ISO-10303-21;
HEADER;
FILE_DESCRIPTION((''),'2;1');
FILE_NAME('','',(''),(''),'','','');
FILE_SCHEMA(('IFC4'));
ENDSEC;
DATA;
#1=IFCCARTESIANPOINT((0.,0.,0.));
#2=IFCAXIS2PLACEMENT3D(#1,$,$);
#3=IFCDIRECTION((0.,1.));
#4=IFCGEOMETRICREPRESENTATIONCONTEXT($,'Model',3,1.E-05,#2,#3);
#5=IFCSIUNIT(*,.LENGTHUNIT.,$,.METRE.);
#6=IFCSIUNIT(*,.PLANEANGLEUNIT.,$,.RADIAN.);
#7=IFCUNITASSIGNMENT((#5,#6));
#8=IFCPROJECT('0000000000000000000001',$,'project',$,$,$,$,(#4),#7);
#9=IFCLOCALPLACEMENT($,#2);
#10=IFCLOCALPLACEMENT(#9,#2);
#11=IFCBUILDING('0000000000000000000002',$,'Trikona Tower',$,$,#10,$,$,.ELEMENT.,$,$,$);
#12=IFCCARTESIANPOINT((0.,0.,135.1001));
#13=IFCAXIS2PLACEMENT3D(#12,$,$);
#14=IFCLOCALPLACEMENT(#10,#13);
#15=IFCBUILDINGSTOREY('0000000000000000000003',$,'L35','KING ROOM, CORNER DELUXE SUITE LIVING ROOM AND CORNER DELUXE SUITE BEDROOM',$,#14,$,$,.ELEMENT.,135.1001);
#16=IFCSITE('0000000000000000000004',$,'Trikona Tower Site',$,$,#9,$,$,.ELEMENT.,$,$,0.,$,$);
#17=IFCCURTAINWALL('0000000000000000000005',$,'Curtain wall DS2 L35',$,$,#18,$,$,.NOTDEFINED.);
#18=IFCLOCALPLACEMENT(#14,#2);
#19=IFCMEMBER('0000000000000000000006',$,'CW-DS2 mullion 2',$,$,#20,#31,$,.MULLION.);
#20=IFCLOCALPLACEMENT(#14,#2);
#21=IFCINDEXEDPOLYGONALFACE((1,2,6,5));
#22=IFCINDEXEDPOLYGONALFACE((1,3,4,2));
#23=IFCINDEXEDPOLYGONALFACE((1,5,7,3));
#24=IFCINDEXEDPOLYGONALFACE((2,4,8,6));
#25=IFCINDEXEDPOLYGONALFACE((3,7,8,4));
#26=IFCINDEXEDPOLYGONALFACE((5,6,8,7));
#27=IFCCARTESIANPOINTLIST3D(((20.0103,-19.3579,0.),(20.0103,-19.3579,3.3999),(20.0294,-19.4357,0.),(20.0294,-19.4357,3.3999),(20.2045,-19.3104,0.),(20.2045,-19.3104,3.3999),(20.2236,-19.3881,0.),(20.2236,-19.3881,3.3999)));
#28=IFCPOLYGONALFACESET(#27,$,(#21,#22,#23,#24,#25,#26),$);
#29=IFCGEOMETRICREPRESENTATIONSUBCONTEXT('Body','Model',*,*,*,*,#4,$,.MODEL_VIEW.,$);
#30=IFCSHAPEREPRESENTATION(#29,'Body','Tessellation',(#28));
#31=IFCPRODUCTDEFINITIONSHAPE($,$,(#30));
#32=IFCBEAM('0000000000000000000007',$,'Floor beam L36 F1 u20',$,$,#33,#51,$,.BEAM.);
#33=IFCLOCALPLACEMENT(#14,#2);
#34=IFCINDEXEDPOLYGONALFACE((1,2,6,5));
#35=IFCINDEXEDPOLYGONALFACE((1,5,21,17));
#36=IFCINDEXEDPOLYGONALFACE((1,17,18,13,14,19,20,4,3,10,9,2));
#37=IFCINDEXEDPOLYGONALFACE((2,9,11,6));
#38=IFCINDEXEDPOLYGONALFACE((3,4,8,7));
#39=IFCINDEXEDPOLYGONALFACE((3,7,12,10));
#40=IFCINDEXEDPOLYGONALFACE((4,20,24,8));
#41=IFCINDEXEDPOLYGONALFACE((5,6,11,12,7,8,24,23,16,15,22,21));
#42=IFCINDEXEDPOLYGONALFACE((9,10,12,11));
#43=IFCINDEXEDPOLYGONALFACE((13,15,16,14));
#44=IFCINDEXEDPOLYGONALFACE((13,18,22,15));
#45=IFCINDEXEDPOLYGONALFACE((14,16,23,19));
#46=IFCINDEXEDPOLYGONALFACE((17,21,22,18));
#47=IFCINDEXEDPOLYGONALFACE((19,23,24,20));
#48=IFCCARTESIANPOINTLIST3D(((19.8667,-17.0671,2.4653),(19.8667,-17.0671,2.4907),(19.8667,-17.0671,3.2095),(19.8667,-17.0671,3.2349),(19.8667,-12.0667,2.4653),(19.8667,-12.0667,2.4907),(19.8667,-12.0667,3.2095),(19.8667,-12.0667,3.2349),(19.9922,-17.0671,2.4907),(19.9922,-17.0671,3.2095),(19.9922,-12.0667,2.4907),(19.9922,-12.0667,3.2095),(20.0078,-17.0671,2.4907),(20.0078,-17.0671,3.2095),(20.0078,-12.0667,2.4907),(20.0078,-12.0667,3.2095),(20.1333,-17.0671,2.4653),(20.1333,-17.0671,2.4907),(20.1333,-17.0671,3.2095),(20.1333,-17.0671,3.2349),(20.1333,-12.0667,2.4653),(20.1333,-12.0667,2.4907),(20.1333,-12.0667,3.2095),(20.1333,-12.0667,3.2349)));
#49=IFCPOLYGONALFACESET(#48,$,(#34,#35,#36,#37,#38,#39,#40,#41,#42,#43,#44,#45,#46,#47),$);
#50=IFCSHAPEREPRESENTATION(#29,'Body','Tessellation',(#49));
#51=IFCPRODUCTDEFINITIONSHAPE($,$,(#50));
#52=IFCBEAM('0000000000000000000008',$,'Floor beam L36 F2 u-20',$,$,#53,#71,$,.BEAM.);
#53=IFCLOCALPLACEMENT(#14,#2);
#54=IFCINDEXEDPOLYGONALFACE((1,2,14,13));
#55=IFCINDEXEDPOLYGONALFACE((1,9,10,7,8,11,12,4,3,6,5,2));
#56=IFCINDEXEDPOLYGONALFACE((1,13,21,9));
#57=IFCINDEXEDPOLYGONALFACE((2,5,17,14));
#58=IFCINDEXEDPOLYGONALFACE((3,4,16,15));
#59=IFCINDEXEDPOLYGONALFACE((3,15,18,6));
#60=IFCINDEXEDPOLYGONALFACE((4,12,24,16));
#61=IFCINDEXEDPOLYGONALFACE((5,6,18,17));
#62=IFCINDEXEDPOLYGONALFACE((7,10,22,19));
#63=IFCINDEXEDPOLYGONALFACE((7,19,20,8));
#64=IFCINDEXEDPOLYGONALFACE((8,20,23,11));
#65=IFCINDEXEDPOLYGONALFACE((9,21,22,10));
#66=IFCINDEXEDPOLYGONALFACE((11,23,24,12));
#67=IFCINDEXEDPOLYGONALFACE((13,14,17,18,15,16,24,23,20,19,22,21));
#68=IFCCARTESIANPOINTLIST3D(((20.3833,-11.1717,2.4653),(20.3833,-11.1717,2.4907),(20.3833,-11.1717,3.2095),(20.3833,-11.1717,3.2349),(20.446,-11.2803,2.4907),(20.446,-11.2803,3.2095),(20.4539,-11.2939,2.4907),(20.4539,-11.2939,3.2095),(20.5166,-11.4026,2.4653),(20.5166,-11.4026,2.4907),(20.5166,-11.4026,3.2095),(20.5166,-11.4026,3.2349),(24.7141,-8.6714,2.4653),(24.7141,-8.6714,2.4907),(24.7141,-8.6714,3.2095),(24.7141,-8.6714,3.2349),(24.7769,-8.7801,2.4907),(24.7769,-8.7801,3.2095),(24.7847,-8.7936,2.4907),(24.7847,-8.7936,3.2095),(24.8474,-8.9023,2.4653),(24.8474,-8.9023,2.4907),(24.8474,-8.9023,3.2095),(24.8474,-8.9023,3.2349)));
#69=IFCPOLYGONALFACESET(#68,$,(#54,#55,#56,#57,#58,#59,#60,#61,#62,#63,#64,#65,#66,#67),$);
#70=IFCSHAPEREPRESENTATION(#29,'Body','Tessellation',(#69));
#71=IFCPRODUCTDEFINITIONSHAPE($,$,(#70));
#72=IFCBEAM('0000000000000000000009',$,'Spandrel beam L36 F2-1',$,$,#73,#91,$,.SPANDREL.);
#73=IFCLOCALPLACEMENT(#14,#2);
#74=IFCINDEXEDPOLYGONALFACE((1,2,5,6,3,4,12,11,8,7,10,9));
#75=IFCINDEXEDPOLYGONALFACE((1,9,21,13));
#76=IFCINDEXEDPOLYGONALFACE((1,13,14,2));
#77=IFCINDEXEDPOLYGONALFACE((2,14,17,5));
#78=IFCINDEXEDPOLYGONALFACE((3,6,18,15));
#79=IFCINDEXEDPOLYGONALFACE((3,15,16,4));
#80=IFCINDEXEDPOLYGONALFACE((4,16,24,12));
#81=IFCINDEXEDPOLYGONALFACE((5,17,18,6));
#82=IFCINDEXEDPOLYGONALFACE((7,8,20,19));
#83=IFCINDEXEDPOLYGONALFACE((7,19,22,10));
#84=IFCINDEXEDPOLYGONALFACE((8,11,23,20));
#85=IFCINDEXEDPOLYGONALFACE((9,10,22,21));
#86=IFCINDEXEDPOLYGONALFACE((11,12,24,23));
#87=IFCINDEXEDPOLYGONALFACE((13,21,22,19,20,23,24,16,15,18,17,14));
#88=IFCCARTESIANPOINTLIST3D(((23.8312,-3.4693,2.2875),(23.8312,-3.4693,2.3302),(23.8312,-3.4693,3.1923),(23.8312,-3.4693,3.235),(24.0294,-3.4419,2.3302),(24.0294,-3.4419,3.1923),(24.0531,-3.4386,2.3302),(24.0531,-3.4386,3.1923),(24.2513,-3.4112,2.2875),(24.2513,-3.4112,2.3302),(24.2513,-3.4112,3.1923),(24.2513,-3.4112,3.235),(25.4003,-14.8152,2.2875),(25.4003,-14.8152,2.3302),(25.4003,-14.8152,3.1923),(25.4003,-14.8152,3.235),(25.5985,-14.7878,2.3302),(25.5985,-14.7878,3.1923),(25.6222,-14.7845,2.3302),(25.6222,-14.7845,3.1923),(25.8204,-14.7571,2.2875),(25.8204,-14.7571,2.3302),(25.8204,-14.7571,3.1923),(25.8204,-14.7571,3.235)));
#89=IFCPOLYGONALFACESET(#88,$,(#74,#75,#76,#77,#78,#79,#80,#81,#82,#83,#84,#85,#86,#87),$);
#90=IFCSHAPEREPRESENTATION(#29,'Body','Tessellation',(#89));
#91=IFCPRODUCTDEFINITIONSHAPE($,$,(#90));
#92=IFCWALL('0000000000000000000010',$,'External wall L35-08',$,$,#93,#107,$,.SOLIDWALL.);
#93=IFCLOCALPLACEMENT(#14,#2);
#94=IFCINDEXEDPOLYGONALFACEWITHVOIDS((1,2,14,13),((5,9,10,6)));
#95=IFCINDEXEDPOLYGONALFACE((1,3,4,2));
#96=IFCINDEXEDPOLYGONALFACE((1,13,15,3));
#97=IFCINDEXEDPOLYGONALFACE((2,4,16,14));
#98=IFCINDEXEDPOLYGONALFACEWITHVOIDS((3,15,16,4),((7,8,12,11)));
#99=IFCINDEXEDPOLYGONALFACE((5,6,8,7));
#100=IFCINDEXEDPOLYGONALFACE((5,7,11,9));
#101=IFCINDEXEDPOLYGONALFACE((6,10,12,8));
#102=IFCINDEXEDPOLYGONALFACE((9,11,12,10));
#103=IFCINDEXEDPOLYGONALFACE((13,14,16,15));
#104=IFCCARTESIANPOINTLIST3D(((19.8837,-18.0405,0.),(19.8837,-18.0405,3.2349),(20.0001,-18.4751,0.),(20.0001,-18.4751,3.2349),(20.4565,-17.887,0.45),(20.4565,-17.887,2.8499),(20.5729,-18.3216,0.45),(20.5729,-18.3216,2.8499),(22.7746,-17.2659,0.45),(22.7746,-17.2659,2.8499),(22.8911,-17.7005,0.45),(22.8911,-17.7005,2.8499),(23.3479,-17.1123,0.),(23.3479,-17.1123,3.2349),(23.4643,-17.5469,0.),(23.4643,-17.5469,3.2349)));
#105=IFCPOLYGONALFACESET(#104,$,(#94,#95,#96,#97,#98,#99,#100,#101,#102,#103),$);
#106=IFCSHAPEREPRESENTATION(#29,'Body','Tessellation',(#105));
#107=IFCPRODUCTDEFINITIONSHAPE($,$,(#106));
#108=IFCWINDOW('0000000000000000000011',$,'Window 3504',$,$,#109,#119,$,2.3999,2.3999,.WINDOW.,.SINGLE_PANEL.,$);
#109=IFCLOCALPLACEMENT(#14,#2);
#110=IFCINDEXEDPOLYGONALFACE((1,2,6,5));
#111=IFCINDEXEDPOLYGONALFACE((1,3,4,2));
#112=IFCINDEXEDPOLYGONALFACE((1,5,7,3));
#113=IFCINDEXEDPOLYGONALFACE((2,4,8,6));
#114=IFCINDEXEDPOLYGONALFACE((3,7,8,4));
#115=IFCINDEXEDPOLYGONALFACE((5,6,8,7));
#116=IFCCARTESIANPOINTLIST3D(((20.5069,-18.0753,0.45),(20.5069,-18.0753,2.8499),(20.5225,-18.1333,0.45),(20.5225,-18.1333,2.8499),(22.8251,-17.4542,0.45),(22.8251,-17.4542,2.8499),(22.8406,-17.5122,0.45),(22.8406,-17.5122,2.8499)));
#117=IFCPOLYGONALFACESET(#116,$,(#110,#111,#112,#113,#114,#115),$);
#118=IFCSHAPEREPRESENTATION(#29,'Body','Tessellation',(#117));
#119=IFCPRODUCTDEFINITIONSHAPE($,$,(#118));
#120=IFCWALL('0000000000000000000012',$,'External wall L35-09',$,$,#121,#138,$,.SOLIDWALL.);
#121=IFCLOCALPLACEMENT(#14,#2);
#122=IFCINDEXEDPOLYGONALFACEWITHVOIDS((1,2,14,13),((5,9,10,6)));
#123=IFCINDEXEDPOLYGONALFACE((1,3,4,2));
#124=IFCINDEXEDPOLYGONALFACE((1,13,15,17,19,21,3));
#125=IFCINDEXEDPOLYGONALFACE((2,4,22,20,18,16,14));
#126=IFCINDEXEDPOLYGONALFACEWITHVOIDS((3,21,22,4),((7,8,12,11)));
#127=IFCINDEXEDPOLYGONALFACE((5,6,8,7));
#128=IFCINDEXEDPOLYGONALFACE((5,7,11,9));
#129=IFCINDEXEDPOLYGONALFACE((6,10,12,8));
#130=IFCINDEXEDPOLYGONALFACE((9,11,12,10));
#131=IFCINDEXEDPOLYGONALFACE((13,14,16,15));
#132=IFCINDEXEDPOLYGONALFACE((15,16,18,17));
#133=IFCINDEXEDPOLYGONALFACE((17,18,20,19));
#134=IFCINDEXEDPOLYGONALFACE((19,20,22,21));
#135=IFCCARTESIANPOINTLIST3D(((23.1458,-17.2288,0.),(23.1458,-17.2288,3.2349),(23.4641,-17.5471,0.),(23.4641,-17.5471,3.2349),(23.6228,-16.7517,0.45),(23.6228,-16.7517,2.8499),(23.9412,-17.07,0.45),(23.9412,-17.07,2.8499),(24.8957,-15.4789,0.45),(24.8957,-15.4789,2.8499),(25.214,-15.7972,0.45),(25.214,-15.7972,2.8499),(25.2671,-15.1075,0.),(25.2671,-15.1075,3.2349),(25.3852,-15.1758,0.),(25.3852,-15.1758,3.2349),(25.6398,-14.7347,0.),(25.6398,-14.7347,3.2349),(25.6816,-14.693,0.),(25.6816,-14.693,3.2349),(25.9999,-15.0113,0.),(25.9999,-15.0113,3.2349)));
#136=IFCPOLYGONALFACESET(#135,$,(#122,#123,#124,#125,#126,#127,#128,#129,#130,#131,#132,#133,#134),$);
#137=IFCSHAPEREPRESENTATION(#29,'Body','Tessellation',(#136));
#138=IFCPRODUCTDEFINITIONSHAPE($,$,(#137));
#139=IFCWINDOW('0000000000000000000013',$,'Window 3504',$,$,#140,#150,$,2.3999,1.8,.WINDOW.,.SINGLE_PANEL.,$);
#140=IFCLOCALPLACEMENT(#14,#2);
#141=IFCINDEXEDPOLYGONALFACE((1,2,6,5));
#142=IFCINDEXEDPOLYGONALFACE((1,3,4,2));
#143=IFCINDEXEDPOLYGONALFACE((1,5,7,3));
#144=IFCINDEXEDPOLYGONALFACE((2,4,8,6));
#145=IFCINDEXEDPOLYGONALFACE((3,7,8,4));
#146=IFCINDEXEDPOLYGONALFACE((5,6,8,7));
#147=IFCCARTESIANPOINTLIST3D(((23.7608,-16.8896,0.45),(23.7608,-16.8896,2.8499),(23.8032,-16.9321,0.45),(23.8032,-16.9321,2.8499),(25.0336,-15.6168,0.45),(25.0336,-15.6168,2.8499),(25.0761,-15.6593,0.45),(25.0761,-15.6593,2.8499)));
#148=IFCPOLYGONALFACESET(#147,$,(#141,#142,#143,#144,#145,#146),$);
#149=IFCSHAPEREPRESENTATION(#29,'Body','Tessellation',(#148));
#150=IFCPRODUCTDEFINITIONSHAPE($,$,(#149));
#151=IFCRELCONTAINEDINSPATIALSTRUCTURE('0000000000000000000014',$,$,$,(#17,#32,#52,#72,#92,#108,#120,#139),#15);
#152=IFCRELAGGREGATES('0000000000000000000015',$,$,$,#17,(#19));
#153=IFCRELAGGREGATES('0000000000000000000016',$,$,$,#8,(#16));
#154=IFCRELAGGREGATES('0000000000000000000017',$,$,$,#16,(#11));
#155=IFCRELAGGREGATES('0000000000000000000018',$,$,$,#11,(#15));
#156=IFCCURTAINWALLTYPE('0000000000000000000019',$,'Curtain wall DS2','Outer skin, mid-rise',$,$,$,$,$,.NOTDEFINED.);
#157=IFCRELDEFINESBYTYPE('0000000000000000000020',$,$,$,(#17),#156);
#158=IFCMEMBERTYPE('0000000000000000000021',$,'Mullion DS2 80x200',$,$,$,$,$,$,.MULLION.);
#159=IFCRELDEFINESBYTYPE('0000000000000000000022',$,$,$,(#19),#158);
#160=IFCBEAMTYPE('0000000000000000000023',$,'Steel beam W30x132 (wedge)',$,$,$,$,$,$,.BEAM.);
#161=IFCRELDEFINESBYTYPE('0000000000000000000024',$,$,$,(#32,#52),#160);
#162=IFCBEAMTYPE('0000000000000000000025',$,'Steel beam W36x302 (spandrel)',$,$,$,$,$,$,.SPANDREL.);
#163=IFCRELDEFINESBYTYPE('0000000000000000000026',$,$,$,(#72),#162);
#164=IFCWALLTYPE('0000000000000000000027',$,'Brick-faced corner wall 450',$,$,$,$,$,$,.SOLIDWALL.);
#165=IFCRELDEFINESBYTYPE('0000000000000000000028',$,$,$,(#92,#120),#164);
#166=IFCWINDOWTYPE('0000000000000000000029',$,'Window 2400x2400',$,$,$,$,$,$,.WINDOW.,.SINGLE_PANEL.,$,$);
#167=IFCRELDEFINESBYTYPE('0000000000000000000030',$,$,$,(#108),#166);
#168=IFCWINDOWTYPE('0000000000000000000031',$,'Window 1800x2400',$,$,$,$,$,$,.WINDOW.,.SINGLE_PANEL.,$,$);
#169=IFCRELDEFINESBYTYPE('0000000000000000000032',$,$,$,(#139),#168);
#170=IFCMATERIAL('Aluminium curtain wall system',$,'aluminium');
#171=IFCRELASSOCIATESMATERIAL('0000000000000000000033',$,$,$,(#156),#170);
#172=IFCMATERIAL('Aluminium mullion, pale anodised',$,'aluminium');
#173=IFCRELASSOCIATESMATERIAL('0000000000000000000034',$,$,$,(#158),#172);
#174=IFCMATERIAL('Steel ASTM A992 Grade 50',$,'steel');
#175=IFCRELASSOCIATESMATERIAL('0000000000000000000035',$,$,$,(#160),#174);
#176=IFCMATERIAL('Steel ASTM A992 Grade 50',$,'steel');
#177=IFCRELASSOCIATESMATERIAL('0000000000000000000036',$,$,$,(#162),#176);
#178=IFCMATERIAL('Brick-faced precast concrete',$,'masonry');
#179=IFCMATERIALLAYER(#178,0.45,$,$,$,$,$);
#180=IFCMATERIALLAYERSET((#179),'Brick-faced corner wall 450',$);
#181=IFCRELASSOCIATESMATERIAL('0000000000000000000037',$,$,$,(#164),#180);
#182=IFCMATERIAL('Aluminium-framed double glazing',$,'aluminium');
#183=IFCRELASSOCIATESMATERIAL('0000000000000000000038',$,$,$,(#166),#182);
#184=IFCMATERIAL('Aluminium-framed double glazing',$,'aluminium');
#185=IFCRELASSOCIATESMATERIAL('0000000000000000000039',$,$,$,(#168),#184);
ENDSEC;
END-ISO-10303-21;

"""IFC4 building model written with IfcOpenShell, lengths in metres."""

from ifc_helpers import new_model, si_unit, direction, frame, frame_2d, origin, origin_2d, place, context, subcontext, project, spatial, polyline, rectangle, i_section, outline, extrude, material, layer, layer_set, material_profile, profile_set, type_object, element, fill, aggregate, save


model = new_model("IFC4")

# Units and contexts
model_context = context("Model", 3, precision=1e-05, world=origin(), true_north=direction((0.0, 1.0)))
body_context = subcontext(model_context, "Body", "Model", "MODEL_VIEW")
ifc_project = project(units=[si_unit("LENGTHUNIT", "METRE"), si_unit("PLANEANGLEUNIT", "RADIAN")], contexts=[model_context])

# Site, building, storey
site_placement = place(None, origin())
site = spatial("IfcSite", under=ifc_project, at=site_placement, Name="Trikona Tower Site", CompositionType="ELEMENT", RefElevation=0.0)
building_placement = place(site_placement, origin())
building = spatial("IfcBuilding", under=site, at=building_placement, Name="Trikona Tower", CompositionType="ELEMENT")
storey_placement = place(building_placement, frame((0.0, 0.0, 135.1001)))
storey = spatial("IfcBuildingStorey", under=building, at=storey_placement, Name="L35", Description="KING ROOM, CORNER DELUXE SUITE LIVING ROOM AND CORNER DELUXE SUITE BEDROOM", CompositionType="ELEMENT", Elevation=135.1001)

# Curtain wall, member
ifc_material_1 = material(Name="Aluminium curtain wall system", Category="aluminium")
curtain_wall_type = type_object("IfcCurtainWallType", Name="Curtain wall DS2", Description="Outer skin, mid-rise", PredefinedType="NOTDEFINED", material=ifc_material_1)
curtain_wall_placement = place(storey_placement, origin())
curtain_wall = element("IfcCurtainWall", 1, at=curtain_wall_placement, inside=storey, type_object=curtain_wall_type, Name="Curtain wall DS2 L35", PredefinedType="NOTDEFINED")
ifc_material_2 = material(Name="Aluminium mullion, pale anodised", Category="aluminium")
ifc_material_profile_1 = material_profile(ifc_material_2, rectangle(XDim=0.0801, YDim=0.2, at=origin_2d()), Name="MUL-DS2")
ifc_profile_set_1 = profile_set([ifc_material_profile_1], Name="Aluminium mullion, pale anodised")
member_type = type_object("IfcMemberType", Name="Mullion DS2 80x200", PredefinedType="MULLION", material=ifc_profile_set_1)
member_placement = place(storey_placement, frame((20.1169, -19.373, 0.0), z_axis=(0.0, 0.0, 1.0), x_axis=(-0.23797, 0.971272, 0.0)))
member = element("IfcMember", 2, at=member_placement, type_object=member_type, Name="CW-DS2 mullion 2", PredefinedType="MULLION", context=body_context, shape_type="SweptSolid", body=[
    extrude(rectangle(XDim=0.0801, YDim=0.2, at=origin_2d()), origin(), (0.0, 0.0, 1.0), 3.3999),
])
aggregate(curtain_wall, [member])

# Beams
ifc_material_3 = material(Name="Steel ASTM A992 Grade 50", Category="steel")
ifc_material_profile_2 = material_profile(ifc_material_3, i_section(OverallWidth=0.2666, OverallDepth=0.7695, WebThickness=0.0156, FlangeThickness=0.0254, at=origin_2d()), Name="W30X132")
ifc_profile_set_2 = profile_set([ifc_material_profile_2], Name="Steel ASTM A992 Grade 50")
beam_type_1 = type_object("IfcBeamType", Name="Steel beam W30x132 (wedge)", PredefinedType="BEAM", material=ifc_profile_set_2)
beam_1_placement = place(storey_placement, frame((20.0, -12.0667, 2.8501), z_axis=(0.0, -1.0, 0.0), x_axis=(1.0, 0.0, 0.0)))
element("IfcBeam", 3, at=beam_1_placement, inside=storey, type_object=beam_type_1, Name="Floor beam L36 F1 u20", PredefinedType="BEAM", context=body_context, shape_type="SweptSolid", body=[
    extrude(i_section(OverallWidth=0.2666, OverallDepth=0.7695, WebThickness=0.0156, FlangeThickness=0.0254, at=origin_2d()), origin(), (0.0, 0.0, 1.0), 5.0005),
])
beam_2_placement = place(storey_placement, frame((20.45, -11.2871, 2.8501), z_axis=(0.866038, 0.499977, 0.0), x_axis=(-0.499977, 0.866038, 0.0)))
element("IfcBeam", 4, at=beam_2_placement, inside=storey, type_object=beam_type_1, Name="Floor beam L36 F2 u-20", PredefinedType="BEAM", context=body_context, shape_type="SweptSolid", body=[
    extrude(i_section(OverallWidth=0.2666, OverallDepth=0.7695, WebThickness=0.0156, FlangeThickness=0.0254, at=origin_2d()), origin(), (0.0, 0.0, 1.0), 5.0007),
])
ifc_material_4 = material(Name="Steel ASTM A992 Grade 50", Category="steel")
ifc_material_profile_3 = material_profile(ifc_material_4, i_section(OverallWidth=0.4241, OverallDepth=0.9475, WebThickness=0.0239, FlangeThickness=0.0427, at=origin_2d()), Name="W36X302")
ifc_profile_set_3 = profile_set([ifc_material_profile_3], Name="Steel ASTM A992 Grade 50")
beam_type_2 = type_object("IfcBeamType", Name="Steel beam W36x302 (spandrel)", PredefinedType="SPANDREL", material=ifc_profile_set_3)
beam_3_placement = place(storey_placement, frame((25.6104, -14.7861, 2.7612), z_axis=(-0.136992, 0.990572, 0.0), x_axis=(-0.990572, -0.136992, 0.0)))
element("IfcBeam", 5, at=beam_3_placement, inside=storey, type_object=beam_type_2, Name="Spandrel beam L36 F2-1", PredefinedType="SPANDREL", context=body_context, shape_type="SweptSolid", body=[
    extrude(i_section(OverallWidth=0.4241, OverallDepth=0.9475, WebThickness=0.0239, FlangeThickness=0.0427, at=origin_2d()), origin(), (0.0, 0.0, 1.0), 11.4539),
])

# Walls, openings, windows
ifc_material_5 = material(Name="Brick-faced precast concrete", Category="masonry")
ifc_layer_1 = layer(ifc_material_5, 0.45)
ifc_layer_set_1 = layer_set([ifc_layer_1], Name="Brick-faced corner wall 450")
wall_type_1 = type_object("IfcWallType", Name="Brick-faced corner wall 450", PredefinedType="SOLIDWALL", material=ifc_layer_set_1)
wall_1_placement = place(storey_placement, frame((19.9419, -18.2578, 0.0), z_axis=(0.0, 0.0, 1.0), x_axis=(0.965925, 0.258823, 0.0)))
wall_1 = element("IfcWall", 6, at=wall_1_placement, inside=storey, type_object=wall_type_1, Name="External wall L35-08", PredefinedType="SOLIDWALL", context=body_context, shape_type="SweptSolid", body=[
    extrude(rectangle(XDim=3.5864, YDim=0.45, at=frame_2d((1.7932, 0.0))), origin(), (0.0, 0.0, 1.0), 3.2349),
])
opening_1_placement = place(wall_1_placement, frame((0.593, 0.0, 0.45)))
opening_1 = element("IfcOpeningElement", 7, at=opening_1_placement, cuts=wall_1, PredefinedType="OPENING", context=body_context, shape_type="SweptSolid", body=[
    extrude(rectangle(XDim=2.3999, YDim=2.3999, at=frame_2d((1.2, 1.2))), frame((0.0, 0.2349, 0.0), z_axis=(0.0, -1.0, 0.0), x_axis=(1.0, 0.0, 0.0)), (0.0, 0.0, 1.0), 0.47),
])
ifc_material_6 = material(Name="Aluminium-framed double glazing", Category="aluminium")
window_type_1 = type_object("IfcWindowType", Name="Window 2400x2400", PartitioningType="SINGLE_PANEL", PredefinedType="WINDOW", material=ifc_material_6)
window_1_placement = place(opening_1_placement, origin())
window_1 = element("IfcWindow", 8, at=window_1_placement, inside=storey, type_object=window_type_1, Name="Window 3504", OverallHeight=2.3999, OverallWidth=2.3999, PartitioningType="SINGLE_PANEL", PredefinedType="WINDOW", context=body_context, shape_type="SweptSolid", body=[
    extrude(rectangle(XDim=2.3999, YDim=2.3999, at=frame_2d((1.2, 1.2))), frame((0.0, 0.03, 0.0), z_axis=(0.0, -1.0, 0.0), x_axis=(1.0, 0.0, 0.0)), (0.0, 0.0, 1.0), 0.0601),
])
fill(opening_1, window_1)
wall_2_placement = place(storey_placement, frame((23.3049, -17.3879, 0.0), z_axis=(0.0, 0.0, 1.0), x_axis=(0.707107, 0.707107, 0.0)))
wall_2 = element("IfcWall", 9, at=wall_2_placement, inside=storey, type_object=wall_type_1, Name="External wall L35-09", PredefinedType="SOLIDWALL", context=body_context, shape_type="SweptSolid", body=[
    extrude(outline(polyline([(3.5862, 0.2251), (3.5271, 0.2251), (3.0352, 0.0933), (3.0, 0.2251), (0.0, 0.2251), (0.0, -0.2251), (3.5862, -0.2251), (3.5862, 0.2251)])), origin(), (0.0, 0.0, 1.0), 3.2349),
])
opening_2_placement = place(wall_2_placement, frame((0.6748, 0.0, 0.45)))
opening_2 = element("IfcOpeningElement", 10, at=opening_2_placement, cuts=wall_2, PredefinedType="OPENING", context=body_context, shape_type="SweptSolid", body=[
    extrude(rectangle(XDim=1.8, YDim=2.3999, at=frame_2d((0.8999, 1.2))), frame((0.0, 0.2349, 0.0), z_axis=(0.0, -1.0, 0.0), x_axis=(1.0, 0.0, 0.0)), (0.0, 0.0, 1.0), 0.47),
])
ifc_material_7 = material(Name="Aluminium-framed double glazing", Category="aluminium")
window_type_2 = type_object("IfcWindowType", Name="Window 1800x2400", PartitioningType="SINGLE_PANEL", PredefinedType="WINDOW", material=ifc_material_7)
window_2_placement = place(opening_2_placement, origin())
window_2 = element("IfcWindow", 11, at=window_2_placement, inside=storey, type_object=window_type_2, Name="Window 3504", OverallHeight=2.3999, OverallWidth=1.8, PartitioningType="SINGLE_PANEL", PredefinedType="WINDOW", context=body_context, shape_type="SweptSolid", body=[
    extrude(rectangle(XDim=1.8, YDim=2.3999, at=frame_2d((0.8999, 1.2))), frame((0.0, 0.03, 0.0), z_axis=(0.0, -1.0, 0.0), x_axis=(1.0, 0.0, 0.0)), (0.0, 0.0, 1.0), 0.0601),
])
fill(opening_2, window_2)

save(model, "model.ifc")
